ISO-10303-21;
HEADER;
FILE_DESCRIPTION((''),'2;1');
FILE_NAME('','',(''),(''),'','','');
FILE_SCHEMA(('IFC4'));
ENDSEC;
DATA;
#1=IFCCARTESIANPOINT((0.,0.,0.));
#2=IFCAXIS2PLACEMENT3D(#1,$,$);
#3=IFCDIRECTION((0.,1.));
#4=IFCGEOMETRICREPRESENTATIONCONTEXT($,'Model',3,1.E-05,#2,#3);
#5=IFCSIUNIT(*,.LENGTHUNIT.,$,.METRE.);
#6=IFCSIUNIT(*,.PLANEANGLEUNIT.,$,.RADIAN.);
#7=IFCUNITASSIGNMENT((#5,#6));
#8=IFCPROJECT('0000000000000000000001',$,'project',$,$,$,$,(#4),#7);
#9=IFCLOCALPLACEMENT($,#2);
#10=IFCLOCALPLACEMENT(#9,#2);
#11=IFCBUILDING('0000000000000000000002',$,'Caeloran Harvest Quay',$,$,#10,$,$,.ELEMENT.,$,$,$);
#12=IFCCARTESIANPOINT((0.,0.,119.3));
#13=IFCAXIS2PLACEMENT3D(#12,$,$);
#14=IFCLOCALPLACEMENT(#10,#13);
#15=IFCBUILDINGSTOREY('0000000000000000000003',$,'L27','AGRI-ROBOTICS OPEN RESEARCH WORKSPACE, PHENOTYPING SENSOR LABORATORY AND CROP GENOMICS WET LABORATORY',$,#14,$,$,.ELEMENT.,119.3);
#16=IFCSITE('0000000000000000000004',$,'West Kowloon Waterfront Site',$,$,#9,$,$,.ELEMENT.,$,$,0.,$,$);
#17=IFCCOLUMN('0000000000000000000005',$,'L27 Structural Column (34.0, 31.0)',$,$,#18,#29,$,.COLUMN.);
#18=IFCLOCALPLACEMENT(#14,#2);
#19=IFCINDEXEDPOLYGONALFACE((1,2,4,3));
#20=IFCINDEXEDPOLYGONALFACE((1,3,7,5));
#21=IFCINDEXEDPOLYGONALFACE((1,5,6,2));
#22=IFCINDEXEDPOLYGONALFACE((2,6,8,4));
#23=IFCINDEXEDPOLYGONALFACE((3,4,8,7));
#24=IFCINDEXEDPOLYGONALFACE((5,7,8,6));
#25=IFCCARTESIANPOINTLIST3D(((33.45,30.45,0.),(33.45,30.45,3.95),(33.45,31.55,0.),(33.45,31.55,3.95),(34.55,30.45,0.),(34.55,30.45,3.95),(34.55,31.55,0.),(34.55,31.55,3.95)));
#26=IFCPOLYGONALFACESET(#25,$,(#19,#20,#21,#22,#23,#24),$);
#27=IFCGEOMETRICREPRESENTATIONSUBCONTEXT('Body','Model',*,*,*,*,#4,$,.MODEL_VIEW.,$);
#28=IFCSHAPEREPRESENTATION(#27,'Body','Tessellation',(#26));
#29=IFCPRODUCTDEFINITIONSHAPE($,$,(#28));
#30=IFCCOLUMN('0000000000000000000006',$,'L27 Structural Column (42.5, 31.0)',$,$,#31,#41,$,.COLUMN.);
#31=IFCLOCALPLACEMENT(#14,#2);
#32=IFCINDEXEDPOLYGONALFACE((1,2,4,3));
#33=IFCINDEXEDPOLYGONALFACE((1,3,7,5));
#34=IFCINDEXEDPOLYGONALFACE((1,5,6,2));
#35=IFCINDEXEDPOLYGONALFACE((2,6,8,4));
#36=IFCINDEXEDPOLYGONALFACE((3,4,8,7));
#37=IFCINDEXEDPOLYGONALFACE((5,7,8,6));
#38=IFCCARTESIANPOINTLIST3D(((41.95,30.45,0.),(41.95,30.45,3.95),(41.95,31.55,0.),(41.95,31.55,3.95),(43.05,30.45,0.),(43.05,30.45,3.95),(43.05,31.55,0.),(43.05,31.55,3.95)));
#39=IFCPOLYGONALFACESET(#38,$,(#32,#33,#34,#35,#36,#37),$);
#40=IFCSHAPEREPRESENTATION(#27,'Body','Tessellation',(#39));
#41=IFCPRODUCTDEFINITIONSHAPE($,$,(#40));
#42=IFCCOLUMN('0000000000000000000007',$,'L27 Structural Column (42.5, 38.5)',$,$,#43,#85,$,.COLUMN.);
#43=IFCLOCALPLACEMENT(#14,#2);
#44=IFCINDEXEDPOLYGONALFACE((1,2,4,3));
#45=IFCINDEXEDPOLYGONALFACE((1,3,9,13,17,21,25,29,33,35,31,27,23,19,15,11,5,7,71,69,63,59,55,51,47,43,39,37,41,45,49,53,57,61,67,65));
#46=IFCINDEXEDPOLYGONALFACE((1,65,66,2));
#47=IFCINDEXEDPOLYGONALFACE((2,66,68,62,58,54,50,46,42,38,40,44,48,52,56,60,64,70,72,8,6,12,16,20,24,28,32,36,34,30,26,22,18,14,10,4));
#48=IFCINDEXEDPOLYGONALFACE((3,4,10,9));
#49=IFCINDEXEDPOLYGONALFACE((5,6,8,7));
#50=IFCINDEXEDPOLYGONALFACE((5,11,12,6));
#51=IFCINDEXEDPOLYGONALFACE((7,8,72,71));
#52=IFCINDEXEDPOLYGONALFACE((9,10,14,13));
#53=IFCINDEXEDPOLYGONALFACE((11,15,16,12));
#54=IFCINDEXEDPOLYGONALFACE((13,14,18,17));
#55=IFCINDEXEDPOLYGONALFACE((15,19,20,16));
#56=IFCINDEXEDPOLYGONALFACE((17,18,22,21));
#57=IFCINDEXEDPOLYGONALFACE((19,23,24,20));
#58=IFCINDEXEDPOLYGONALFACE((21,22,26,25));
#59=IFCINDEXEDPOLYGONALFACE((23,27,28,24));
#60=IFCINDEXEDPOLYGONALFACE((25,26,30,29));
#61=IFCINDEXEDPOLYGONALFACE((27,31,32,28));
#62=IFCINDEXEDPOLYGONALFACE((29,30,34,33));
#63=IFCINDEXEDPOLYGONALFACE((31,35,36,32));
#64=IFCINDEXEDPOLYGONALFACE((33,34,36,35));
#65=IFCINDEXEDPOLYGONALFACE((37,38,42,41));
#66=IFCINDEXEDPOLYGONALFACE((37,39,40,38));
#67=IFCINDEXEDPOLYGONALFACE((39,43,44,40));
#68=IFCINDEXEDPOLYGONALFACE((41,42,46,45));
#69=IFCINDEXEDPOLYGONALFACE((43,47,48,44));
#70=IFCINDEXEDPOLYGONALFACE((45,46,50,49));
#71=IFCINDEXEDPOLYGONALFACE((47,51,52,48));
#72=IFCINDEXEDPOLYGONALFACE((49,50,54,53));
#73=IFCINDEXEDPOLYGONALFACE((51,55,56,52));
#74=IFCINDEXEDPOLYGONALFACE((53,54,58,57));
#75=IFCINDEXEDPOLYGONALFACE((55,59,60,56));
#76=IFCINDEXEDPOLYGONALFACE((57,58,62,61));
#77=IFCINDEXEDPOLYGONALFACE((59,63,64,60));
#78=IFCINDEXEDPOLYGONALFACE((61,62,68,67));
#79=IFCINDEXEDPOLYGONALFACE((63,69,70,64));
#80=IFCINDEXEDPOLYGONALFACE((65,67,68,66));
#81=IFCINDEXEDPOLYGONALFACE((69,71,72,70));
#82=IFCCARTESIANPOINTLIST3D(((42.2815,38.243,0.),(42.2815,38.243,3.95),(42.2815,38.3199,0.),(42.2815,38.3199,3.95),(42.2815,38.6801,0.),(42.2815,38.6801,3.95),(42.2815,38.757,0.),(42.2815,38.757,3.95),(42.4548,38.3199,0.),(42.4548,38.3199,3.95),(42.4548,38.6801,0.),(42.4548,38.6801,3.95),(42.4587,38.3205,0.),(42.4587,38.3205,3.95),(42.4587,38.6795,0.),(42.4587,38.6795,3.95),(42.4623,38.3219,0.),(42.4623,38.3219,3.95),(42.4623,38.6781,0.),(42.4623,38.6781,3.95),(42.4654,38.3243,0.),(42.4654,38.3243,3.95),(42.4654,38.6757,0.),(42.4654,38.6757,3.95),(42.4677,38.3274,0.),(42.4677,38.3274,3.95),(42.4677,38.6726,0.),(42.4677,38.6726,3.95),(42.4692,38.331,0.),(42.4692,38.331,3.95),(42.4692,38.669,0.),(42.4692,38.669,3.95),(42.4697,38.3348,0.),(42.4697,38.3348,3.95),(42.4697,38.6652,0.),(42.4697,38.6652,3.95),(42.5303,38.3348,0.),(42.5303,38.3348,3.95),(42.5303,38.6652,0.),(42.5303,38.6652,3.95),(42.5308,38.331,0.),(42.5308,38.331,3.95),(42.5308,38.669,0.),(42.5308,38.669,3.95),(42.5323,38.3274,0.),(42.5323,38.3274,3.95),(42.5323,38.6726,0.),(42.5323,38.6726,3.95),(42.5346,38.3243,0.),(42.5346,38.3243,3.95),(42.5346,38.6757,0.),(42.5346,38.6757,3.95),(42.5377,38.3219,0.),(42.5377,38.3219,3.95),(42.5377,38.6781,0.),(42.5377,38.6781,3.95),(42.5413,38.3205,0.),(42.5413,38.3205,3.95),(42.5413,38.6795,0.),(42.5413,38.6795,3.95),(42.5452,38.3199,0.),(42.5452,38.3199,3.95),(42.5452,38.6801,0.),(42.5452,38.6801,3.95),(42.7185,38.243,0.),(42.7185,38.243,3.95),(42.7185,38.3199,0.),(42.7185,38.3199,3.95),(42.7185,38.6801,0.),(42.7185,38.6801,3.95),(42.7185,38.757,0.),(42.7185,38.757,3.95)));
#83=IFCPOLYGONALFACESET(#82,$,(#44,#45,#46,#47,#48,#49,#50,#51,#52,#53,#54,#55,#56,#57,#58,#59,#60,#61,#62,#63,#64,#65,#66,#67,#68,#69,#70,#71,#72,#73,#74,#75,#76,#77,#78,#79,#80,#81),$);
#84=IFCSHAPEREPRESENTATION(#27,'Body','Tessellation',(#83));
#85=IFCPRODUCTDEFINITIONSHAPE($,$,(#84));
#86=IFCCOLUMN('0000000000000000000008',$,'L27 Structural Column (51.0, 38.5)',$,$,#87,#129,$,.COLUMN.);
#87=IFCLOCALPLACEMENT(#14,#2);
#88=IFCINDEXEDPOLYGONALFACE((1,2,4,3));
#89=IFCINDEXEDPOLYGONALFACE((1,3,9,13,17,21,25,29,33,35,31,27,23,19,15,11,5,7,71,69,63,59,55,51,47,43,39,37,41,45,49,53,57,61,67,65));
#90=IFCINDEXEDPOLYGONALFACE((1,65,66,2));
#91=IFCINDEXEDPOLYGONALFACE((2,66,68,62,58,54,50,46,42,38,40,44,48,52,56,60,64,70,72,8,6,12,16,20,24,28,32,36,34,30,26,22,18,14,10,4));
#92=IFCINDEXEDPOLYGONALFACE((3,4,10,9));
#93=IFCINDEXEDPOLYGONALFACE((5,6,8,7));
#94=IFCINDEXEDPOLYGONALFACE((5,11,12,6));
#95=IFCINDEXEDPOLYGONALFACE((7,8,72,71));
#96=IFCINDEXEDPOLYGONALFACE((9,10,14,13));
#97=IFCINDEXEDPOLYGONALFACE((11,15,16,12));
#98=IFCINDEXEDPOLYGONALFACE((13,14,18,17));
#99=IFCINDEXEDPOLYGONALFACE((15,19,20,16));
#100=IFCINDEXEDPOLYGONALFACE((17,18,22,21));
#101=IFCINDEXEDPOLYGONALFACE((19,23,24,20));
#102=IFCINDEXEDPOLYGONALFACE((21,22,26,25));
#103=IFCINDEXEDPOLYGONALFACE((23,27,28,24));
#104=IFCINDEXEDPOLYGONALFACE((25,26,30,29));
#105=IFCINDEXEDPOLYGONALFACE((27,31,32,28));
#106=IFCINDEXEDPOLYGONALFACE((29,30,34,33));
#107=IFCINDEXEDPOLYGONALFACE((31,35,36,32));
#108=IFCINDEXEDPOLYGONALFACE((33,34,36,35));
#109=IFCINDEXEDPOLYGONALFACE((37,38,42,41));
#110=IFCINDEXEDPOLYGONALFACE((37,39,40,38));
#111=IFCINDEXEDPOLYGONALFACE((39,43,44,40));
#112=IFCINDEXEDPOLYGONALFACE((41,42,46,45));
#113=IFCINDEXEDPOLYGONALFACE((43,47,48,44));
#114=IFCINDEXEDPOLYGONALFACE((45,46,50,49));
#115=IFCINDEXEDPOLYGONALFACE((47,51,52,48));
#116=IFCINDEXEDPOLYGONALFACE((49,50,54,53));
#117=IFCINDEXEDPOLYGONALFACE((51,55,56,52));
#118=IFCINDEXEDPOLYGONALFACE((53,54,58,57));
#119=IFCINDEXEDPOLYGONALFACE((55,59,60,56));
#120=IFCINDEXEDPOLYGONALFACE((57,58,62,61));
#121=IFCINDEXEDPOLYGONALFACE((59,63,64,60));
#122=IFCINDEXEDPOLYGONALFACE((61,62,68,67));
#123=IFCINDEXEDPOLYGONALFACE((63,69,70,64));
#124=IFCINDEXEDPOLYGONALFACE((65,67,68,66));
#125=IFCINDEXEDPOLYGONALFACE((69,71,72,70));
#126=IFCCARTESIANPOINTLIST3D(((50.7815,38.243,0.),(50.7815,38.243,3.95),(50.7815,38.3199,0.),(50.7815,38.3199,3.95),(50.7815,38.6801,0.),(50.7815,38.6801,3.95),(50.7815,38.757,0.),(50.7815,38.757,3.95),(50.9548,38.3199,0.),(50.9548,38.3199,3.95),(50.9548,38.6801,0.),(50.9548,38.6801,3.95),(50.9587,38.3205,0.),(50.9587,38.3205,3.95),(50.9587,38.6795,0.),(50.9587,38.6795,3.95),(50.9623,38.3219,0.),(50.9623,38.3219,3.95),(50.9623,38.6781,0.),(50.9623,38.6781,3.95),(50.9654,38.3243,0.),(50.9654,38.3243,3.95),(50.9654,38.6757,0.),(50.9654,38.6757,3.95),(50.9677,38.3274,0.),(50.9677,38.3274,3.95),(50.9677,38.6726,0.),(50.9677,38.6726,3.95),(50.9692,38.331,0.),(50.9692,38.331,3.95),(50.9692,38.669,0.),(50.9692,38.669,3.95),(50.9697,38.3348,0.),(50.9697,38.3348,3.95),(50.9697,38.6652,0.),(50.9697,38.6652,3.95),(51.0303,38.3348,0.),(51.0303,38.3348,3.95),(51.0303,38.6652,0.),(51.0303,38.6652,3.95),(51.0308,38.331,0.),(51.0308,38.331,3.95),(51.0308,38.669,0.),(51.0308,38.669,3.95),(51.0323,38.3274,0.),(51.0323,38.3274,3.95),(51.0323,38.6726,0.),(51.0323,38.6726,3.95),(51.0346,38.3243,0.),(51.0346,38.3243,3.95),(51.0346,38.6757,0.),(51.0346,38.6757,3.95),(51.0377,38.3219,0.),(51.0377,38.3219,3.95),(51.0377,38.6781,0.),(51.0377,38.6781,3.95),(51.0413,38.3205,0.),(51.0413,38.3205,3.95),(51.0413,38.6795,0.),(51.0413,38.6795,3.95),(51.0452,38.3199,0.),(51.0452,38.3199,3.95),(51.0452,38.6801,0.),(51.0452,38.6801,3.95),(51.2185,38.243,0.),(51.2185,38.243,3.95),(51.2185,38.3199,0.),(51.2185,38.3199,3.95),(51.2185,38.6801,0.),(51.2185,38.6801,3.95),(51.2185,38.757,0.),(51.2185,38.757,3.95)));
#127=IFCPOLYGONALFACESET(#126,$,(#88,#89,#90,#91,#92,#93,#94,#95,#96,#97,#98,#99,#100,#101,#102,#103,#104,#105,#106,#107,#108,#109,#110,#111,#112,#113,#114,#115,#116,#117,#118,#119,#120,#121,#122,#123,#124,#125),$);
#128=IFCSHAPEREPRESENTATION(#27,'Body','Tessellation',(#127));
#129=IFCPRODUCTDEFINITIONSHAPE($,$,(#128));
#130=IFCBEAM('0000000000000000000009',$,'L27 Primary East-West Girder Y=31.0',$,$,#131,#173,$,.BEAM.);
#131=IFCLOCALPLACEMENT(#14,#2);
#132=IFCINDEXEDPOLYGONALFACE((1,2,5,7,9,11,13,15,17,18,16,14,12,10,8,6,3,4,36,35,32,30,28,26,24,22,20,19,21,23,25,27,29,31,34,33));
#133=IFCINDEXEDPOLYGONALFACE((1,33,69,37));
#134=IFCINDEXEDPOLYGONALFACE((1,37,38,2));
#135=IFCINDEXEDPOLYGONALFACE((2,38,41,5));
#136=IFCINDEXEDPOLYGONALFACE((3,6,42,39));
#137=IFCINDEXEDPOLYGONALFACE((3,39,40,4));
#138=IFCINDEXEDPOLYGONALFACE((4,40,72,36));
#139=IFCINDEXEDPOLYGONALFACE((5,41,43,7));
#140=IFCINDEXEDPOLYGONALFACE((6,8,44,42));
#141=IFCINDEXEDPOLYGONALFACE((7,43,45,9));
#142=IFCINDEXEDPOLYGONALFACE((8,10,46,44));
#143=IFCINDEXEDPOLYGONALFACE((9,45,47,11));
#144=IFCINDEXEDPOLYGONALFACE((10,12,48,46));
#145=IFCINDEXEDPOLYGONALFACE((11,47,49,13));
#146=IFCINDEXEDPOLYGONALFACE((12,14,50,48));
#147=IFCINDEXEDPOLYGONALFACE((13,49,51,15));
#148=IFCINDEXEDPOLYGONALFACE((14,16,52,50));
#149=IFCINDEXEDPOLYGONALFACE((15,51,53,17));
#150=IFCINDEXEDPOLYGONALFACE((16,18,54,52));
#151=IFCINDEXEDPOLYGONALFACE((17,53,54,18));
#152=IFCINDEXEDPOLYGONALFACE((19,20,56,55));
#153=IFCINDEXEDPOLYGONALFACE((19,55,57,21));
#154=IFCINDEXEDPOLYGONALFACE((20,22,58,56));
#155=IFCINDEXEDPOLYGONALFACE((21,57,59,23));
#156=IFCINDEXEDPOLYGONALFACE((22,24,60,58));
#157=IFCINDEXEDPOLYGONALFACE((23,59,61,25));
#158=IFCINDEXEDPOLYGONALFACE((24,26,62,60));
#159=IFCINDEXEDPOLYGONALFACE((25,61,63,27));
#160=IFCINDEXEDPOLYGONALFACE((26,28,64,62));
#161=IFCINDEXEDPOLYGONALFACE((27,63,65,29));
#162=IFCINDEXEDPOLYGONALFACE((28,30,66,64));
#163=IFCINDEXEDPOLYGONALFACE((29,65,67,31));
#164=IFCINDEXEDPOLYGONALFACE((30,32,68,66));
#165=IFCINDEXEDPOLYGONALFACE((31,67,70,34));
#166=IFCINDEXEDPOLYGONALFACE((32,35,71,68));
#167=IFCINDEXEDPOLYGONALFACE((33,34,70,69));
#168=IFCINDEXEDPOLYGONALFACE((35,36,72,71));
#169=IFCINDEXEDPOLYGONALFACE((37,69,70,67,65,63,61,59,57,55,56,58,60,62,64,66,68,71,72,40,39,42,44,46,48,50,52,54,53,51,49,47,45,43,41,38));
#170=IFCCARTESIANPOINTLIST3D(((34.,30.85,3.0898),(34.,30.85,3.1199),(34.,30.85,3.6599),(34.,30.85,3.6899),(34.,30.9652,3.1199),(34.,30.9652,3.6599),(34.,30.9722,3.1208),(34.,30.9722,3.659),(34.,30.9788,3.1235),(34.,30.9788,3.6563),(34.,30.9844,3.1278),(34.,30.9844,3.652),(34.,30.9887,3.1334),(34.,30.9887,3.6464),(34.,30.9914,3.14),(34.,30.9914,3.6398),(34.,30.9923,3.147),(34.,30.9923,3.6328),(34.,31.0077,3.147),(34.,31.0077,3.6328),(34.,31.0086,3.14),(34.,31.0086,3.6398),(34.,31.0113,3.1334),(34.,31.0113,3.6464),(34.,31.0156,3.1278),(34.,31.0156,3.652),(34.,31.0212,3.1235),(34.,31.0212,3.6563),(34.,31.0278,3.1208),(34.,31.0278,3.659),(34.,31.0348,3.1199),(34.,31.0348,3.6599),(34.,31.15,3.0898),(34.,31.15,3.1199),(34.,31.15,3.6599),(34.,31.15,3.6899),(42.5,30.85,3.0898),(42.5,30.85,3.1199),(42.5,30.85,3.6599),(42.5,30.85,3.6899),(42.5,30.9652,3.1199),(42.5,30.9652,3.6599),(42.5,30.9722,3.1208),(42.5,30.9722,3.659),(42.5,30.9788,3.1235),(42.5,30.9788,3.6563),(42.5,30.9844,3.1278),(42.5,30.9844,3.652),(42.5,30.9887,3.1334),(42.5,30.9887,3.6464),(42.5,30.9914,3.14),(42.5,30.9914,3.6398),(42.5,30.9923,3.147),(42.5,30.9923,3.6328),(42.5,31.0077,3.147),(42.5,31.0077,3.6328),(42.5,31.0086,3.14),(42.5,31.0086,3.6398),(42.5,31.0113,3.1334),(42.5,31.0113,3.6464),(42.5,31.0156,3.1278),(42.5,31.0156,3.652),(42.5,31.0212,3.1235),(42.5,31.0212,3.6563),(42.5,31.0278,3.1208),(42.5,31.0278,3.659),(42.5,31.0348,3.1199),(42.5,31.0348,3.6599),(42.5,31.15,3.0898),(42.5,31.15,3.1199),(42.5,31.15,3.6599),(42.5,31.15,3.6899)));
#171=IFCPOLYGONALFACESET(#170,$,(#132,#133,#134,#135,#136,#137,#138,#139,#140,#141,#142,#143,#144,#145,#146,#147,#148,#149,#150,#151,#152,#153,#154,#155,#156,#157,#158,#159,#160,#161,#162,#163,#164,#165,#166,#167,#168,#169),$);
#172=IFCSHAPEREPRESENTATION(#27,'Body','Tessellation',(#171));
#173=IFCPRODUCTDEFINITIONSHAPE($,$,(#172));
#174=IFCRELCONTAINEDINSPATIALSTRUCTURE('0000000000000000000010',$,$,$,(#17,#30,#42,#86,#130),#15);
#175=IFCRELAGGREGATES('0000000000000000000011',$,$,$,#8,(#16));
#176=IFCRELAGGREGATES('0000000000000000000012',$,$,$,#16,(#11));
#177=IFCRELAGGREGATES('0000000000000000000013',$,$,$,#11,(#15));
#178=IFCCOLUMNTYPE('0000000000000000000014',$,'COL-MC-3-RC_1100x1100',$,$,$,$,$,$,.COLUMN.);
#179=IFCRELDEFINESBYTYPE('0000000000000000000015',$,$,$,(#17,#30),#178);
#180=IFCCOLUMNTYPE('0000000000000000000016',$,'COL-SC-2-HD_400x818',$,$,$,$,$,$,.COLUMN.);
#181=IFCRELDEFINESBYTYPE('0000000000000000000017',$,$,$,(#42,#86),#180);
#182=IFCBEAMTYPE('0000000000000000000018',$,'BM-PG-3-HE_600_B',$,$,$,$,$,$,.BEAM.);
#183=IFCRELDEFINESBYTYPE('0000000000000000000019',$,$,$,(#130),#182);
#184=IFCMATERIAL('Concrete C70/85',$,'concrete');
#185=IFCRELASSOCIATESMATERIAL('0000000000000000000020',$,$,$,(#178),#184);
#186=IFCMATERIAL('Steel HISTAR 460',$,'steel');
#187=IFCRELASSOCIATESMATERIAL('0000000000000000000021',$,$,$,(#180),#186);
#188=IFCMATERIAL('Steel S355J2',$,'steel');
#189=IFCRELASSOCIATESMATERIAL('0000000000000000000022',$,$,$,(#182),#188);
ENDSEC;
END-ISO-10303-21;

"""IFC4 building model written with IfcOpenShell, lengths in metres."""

from ifc_helpers import new_model, si_unit, direction, frame, origin, origin_2d, place, context, subcontext, project, spatial, rectangle, i_section, extrude, material, material_profile, profile_set, type_object, element, save


model = new_model("IFC4")

# Units and contexts
model_context = context("Model", 3, precision=1e-05, world=origin(), true_north=direction((0.0, 1.0)))
body_context = subcontext(model_context, "Body", "Model", "MODEL_VIEW")
ifc_project = project(units=[si_unit("LENGTHUNIT", "METRE"), si_unit("PLANEANGLEUNIT", "RADIAN")], contexts=[model_context])

# Site, building, storey
site_placement = place(None, origin())
site = spatial("IfcSite", under=ifc_project, at=site_placement, Name="West Kowloon Waterfront Site", CompositionType="ELEMENT", RefElevation=0.0)
building_placement = place(site_placement, origin())
building = spatial("IfcBuilding", under=site, at=building_placement, Name="Caeloran Harvest Quay", CompositionType="ELEMENT")
storey_placement = place(building_placement, frame((0.0, 0.0, 119.3)))
storey = spatial("IfcBuildingStorey", under=building, at=storey_placement, Name="L27", Description="AGRI-ROBOTICS OPEN RESEARCH WORKSPACE, PHENOTYPING SENSOR LABORATORY AND CROP GENOMICS WET LABORATORY", CompositionType="ELEMENT", Elevation=119.3)

# Columns
ifc_material_1 = material(Name="Concrete C70/85", Category="concrete")
ifc_material_profile_1 = material_profile(ifc_material_1, rectangle(XDim=1.1001, YDim=1.1001, at=origin_2d()), Name="RC 1100x1100")
ifc_profile_set_1 = profile_set([ifc_material_profile_1], Name="Concrete C70/85")
column_type_1 = type_object("IfcColumnType", Name="COL-MC-3-RC_1100x1100", PredefinedType="COLUMN", material=ifc_profile_set_1)
for number, where, z_axis, x_axis, name in (
    (1, (34.0, 31.0, 0.0), (0.0, 0.0, 1.0), (1.0, 0.0, 0.0), "L27 Structural Column (34.0, 31.0)"),
    (2, (42.5, 31.0, 0.0), (0.0, 0.0, 1.0), (1.0, 0.0, 0.0), "L27 Structural Column (42.5, 31.0)"),
):
    element("IfcColumn", number, at=place(storey_placement, frame(where, z_axis=z_axis, x_axis=x_axis)), inside=storey, type_object=column_type_1, Name=name, PredefinedType="COLUMN", context=body_context, shape_type="SweptSolid", body=[
        extrude(rectangle(XDim=1.1001, YDim=1.1001, at=origin_2d()), origin(), (0.0, 0.0, 1.0), 3.95),
    ])
ifc_material_2 = material(Name="Steel HISTAR 460", Category="steel")
ifc_material_profile_2 = material_profile(ifc_material_2, i_section(OverallWidth=0.437, OverallDepth=0.5139, WebThickness=0.0605, FlangeThickness=0.0769, FilletRadius=0.0149, at=origin_2d()), Name="HD 400x818")
ifc_profile_set_2 = profile_set([ifc_material_profile_2], Name="Steel HISTAR 460")
column_type_2 = type_object("IfcColumnType", Name="COL-SC-2-HD_400x818", PredefinedType="COLUMN", material=ifc_profile_set_2)
for number, where, z_axis, x_axis, name in (
    (3, (42.5, 38.5, 0.0), (0.0, 0.0, 1.0), (1.0, 0.0, 0.0), "L27 Structural Column (42.5, 38.5)"),
    (4, (51.0, 38.5, 0.0), (0.0, 0.0, 1.0), (1.0, 0.0, 0.0), "L27 Structural Column (51.0, 38.5)"),
):
    element("IfcColumn", number, at=place(storey_placement, frame(where, z_axis=z_axis, x_axis=x_axis)), inside=storey, type_object=column_type_2, Name=name, PredefinedType="COLUMN", context=body_context, shape_type="SweptSolid", body=[
        extrude(i_section(OverallWidth=0.437, OverallDepth=0.5139, WebThickness=0.0605, FlangeThickness=0.0769, FilletRadius=0.0149, at=origin_2d()), origin(), (0.0, 0.0, 1.0), 3.95),
    ])

# Beam
ifc_material_3 = material(Name="Steel S355J2", Category="steel")
ifc_material_profile_3 = material_profile(ifc_material_3, i_section(OverallWidth=0.3, OverallDepth=0.6001, WebThickness=0.0154, FlangeThickness=0.03, FilletRadius=0.0271, at=origin_2d()), Name="HE 600 B")
ifc_profile_set_3 = profile_set([ifc_material_profile_3], Name="Steel S355J2")
beam_type = type_object("IfcBeamType", Name="BM-PG-3-HE_600_B", PredefinedType="BEAM", material=ifc_profile_set_3)
for number, where, z_axis, x_axis, name in (
    (5, (34.0, 31.0, 3.3899), (1.0, 0.0, 0.0), (0.0, 1.0, 0.0), "L27 Primary East-West Girder Y=31.0"),
):
    element("IfcBeam", number, at=place(storey_placement, frame(where, z_axis=z_axis, x_axis=x_axis)), inside=storey, type_object=beam_type, Name=name, PredefinedType="BEAM", context=body_context, shape_type="SweptSolid", body=[
        extrude(i_section(OverallWidth=0.3, OverallDepth=0.6001, WebThickness=0.0154, FlangeThickness=0.03, FilletRadius=0.0271, at=origin_2d()), origin(), (0.0, 0.0, 1.0), 8.5),
    ])

save(model, "model.ifc")
